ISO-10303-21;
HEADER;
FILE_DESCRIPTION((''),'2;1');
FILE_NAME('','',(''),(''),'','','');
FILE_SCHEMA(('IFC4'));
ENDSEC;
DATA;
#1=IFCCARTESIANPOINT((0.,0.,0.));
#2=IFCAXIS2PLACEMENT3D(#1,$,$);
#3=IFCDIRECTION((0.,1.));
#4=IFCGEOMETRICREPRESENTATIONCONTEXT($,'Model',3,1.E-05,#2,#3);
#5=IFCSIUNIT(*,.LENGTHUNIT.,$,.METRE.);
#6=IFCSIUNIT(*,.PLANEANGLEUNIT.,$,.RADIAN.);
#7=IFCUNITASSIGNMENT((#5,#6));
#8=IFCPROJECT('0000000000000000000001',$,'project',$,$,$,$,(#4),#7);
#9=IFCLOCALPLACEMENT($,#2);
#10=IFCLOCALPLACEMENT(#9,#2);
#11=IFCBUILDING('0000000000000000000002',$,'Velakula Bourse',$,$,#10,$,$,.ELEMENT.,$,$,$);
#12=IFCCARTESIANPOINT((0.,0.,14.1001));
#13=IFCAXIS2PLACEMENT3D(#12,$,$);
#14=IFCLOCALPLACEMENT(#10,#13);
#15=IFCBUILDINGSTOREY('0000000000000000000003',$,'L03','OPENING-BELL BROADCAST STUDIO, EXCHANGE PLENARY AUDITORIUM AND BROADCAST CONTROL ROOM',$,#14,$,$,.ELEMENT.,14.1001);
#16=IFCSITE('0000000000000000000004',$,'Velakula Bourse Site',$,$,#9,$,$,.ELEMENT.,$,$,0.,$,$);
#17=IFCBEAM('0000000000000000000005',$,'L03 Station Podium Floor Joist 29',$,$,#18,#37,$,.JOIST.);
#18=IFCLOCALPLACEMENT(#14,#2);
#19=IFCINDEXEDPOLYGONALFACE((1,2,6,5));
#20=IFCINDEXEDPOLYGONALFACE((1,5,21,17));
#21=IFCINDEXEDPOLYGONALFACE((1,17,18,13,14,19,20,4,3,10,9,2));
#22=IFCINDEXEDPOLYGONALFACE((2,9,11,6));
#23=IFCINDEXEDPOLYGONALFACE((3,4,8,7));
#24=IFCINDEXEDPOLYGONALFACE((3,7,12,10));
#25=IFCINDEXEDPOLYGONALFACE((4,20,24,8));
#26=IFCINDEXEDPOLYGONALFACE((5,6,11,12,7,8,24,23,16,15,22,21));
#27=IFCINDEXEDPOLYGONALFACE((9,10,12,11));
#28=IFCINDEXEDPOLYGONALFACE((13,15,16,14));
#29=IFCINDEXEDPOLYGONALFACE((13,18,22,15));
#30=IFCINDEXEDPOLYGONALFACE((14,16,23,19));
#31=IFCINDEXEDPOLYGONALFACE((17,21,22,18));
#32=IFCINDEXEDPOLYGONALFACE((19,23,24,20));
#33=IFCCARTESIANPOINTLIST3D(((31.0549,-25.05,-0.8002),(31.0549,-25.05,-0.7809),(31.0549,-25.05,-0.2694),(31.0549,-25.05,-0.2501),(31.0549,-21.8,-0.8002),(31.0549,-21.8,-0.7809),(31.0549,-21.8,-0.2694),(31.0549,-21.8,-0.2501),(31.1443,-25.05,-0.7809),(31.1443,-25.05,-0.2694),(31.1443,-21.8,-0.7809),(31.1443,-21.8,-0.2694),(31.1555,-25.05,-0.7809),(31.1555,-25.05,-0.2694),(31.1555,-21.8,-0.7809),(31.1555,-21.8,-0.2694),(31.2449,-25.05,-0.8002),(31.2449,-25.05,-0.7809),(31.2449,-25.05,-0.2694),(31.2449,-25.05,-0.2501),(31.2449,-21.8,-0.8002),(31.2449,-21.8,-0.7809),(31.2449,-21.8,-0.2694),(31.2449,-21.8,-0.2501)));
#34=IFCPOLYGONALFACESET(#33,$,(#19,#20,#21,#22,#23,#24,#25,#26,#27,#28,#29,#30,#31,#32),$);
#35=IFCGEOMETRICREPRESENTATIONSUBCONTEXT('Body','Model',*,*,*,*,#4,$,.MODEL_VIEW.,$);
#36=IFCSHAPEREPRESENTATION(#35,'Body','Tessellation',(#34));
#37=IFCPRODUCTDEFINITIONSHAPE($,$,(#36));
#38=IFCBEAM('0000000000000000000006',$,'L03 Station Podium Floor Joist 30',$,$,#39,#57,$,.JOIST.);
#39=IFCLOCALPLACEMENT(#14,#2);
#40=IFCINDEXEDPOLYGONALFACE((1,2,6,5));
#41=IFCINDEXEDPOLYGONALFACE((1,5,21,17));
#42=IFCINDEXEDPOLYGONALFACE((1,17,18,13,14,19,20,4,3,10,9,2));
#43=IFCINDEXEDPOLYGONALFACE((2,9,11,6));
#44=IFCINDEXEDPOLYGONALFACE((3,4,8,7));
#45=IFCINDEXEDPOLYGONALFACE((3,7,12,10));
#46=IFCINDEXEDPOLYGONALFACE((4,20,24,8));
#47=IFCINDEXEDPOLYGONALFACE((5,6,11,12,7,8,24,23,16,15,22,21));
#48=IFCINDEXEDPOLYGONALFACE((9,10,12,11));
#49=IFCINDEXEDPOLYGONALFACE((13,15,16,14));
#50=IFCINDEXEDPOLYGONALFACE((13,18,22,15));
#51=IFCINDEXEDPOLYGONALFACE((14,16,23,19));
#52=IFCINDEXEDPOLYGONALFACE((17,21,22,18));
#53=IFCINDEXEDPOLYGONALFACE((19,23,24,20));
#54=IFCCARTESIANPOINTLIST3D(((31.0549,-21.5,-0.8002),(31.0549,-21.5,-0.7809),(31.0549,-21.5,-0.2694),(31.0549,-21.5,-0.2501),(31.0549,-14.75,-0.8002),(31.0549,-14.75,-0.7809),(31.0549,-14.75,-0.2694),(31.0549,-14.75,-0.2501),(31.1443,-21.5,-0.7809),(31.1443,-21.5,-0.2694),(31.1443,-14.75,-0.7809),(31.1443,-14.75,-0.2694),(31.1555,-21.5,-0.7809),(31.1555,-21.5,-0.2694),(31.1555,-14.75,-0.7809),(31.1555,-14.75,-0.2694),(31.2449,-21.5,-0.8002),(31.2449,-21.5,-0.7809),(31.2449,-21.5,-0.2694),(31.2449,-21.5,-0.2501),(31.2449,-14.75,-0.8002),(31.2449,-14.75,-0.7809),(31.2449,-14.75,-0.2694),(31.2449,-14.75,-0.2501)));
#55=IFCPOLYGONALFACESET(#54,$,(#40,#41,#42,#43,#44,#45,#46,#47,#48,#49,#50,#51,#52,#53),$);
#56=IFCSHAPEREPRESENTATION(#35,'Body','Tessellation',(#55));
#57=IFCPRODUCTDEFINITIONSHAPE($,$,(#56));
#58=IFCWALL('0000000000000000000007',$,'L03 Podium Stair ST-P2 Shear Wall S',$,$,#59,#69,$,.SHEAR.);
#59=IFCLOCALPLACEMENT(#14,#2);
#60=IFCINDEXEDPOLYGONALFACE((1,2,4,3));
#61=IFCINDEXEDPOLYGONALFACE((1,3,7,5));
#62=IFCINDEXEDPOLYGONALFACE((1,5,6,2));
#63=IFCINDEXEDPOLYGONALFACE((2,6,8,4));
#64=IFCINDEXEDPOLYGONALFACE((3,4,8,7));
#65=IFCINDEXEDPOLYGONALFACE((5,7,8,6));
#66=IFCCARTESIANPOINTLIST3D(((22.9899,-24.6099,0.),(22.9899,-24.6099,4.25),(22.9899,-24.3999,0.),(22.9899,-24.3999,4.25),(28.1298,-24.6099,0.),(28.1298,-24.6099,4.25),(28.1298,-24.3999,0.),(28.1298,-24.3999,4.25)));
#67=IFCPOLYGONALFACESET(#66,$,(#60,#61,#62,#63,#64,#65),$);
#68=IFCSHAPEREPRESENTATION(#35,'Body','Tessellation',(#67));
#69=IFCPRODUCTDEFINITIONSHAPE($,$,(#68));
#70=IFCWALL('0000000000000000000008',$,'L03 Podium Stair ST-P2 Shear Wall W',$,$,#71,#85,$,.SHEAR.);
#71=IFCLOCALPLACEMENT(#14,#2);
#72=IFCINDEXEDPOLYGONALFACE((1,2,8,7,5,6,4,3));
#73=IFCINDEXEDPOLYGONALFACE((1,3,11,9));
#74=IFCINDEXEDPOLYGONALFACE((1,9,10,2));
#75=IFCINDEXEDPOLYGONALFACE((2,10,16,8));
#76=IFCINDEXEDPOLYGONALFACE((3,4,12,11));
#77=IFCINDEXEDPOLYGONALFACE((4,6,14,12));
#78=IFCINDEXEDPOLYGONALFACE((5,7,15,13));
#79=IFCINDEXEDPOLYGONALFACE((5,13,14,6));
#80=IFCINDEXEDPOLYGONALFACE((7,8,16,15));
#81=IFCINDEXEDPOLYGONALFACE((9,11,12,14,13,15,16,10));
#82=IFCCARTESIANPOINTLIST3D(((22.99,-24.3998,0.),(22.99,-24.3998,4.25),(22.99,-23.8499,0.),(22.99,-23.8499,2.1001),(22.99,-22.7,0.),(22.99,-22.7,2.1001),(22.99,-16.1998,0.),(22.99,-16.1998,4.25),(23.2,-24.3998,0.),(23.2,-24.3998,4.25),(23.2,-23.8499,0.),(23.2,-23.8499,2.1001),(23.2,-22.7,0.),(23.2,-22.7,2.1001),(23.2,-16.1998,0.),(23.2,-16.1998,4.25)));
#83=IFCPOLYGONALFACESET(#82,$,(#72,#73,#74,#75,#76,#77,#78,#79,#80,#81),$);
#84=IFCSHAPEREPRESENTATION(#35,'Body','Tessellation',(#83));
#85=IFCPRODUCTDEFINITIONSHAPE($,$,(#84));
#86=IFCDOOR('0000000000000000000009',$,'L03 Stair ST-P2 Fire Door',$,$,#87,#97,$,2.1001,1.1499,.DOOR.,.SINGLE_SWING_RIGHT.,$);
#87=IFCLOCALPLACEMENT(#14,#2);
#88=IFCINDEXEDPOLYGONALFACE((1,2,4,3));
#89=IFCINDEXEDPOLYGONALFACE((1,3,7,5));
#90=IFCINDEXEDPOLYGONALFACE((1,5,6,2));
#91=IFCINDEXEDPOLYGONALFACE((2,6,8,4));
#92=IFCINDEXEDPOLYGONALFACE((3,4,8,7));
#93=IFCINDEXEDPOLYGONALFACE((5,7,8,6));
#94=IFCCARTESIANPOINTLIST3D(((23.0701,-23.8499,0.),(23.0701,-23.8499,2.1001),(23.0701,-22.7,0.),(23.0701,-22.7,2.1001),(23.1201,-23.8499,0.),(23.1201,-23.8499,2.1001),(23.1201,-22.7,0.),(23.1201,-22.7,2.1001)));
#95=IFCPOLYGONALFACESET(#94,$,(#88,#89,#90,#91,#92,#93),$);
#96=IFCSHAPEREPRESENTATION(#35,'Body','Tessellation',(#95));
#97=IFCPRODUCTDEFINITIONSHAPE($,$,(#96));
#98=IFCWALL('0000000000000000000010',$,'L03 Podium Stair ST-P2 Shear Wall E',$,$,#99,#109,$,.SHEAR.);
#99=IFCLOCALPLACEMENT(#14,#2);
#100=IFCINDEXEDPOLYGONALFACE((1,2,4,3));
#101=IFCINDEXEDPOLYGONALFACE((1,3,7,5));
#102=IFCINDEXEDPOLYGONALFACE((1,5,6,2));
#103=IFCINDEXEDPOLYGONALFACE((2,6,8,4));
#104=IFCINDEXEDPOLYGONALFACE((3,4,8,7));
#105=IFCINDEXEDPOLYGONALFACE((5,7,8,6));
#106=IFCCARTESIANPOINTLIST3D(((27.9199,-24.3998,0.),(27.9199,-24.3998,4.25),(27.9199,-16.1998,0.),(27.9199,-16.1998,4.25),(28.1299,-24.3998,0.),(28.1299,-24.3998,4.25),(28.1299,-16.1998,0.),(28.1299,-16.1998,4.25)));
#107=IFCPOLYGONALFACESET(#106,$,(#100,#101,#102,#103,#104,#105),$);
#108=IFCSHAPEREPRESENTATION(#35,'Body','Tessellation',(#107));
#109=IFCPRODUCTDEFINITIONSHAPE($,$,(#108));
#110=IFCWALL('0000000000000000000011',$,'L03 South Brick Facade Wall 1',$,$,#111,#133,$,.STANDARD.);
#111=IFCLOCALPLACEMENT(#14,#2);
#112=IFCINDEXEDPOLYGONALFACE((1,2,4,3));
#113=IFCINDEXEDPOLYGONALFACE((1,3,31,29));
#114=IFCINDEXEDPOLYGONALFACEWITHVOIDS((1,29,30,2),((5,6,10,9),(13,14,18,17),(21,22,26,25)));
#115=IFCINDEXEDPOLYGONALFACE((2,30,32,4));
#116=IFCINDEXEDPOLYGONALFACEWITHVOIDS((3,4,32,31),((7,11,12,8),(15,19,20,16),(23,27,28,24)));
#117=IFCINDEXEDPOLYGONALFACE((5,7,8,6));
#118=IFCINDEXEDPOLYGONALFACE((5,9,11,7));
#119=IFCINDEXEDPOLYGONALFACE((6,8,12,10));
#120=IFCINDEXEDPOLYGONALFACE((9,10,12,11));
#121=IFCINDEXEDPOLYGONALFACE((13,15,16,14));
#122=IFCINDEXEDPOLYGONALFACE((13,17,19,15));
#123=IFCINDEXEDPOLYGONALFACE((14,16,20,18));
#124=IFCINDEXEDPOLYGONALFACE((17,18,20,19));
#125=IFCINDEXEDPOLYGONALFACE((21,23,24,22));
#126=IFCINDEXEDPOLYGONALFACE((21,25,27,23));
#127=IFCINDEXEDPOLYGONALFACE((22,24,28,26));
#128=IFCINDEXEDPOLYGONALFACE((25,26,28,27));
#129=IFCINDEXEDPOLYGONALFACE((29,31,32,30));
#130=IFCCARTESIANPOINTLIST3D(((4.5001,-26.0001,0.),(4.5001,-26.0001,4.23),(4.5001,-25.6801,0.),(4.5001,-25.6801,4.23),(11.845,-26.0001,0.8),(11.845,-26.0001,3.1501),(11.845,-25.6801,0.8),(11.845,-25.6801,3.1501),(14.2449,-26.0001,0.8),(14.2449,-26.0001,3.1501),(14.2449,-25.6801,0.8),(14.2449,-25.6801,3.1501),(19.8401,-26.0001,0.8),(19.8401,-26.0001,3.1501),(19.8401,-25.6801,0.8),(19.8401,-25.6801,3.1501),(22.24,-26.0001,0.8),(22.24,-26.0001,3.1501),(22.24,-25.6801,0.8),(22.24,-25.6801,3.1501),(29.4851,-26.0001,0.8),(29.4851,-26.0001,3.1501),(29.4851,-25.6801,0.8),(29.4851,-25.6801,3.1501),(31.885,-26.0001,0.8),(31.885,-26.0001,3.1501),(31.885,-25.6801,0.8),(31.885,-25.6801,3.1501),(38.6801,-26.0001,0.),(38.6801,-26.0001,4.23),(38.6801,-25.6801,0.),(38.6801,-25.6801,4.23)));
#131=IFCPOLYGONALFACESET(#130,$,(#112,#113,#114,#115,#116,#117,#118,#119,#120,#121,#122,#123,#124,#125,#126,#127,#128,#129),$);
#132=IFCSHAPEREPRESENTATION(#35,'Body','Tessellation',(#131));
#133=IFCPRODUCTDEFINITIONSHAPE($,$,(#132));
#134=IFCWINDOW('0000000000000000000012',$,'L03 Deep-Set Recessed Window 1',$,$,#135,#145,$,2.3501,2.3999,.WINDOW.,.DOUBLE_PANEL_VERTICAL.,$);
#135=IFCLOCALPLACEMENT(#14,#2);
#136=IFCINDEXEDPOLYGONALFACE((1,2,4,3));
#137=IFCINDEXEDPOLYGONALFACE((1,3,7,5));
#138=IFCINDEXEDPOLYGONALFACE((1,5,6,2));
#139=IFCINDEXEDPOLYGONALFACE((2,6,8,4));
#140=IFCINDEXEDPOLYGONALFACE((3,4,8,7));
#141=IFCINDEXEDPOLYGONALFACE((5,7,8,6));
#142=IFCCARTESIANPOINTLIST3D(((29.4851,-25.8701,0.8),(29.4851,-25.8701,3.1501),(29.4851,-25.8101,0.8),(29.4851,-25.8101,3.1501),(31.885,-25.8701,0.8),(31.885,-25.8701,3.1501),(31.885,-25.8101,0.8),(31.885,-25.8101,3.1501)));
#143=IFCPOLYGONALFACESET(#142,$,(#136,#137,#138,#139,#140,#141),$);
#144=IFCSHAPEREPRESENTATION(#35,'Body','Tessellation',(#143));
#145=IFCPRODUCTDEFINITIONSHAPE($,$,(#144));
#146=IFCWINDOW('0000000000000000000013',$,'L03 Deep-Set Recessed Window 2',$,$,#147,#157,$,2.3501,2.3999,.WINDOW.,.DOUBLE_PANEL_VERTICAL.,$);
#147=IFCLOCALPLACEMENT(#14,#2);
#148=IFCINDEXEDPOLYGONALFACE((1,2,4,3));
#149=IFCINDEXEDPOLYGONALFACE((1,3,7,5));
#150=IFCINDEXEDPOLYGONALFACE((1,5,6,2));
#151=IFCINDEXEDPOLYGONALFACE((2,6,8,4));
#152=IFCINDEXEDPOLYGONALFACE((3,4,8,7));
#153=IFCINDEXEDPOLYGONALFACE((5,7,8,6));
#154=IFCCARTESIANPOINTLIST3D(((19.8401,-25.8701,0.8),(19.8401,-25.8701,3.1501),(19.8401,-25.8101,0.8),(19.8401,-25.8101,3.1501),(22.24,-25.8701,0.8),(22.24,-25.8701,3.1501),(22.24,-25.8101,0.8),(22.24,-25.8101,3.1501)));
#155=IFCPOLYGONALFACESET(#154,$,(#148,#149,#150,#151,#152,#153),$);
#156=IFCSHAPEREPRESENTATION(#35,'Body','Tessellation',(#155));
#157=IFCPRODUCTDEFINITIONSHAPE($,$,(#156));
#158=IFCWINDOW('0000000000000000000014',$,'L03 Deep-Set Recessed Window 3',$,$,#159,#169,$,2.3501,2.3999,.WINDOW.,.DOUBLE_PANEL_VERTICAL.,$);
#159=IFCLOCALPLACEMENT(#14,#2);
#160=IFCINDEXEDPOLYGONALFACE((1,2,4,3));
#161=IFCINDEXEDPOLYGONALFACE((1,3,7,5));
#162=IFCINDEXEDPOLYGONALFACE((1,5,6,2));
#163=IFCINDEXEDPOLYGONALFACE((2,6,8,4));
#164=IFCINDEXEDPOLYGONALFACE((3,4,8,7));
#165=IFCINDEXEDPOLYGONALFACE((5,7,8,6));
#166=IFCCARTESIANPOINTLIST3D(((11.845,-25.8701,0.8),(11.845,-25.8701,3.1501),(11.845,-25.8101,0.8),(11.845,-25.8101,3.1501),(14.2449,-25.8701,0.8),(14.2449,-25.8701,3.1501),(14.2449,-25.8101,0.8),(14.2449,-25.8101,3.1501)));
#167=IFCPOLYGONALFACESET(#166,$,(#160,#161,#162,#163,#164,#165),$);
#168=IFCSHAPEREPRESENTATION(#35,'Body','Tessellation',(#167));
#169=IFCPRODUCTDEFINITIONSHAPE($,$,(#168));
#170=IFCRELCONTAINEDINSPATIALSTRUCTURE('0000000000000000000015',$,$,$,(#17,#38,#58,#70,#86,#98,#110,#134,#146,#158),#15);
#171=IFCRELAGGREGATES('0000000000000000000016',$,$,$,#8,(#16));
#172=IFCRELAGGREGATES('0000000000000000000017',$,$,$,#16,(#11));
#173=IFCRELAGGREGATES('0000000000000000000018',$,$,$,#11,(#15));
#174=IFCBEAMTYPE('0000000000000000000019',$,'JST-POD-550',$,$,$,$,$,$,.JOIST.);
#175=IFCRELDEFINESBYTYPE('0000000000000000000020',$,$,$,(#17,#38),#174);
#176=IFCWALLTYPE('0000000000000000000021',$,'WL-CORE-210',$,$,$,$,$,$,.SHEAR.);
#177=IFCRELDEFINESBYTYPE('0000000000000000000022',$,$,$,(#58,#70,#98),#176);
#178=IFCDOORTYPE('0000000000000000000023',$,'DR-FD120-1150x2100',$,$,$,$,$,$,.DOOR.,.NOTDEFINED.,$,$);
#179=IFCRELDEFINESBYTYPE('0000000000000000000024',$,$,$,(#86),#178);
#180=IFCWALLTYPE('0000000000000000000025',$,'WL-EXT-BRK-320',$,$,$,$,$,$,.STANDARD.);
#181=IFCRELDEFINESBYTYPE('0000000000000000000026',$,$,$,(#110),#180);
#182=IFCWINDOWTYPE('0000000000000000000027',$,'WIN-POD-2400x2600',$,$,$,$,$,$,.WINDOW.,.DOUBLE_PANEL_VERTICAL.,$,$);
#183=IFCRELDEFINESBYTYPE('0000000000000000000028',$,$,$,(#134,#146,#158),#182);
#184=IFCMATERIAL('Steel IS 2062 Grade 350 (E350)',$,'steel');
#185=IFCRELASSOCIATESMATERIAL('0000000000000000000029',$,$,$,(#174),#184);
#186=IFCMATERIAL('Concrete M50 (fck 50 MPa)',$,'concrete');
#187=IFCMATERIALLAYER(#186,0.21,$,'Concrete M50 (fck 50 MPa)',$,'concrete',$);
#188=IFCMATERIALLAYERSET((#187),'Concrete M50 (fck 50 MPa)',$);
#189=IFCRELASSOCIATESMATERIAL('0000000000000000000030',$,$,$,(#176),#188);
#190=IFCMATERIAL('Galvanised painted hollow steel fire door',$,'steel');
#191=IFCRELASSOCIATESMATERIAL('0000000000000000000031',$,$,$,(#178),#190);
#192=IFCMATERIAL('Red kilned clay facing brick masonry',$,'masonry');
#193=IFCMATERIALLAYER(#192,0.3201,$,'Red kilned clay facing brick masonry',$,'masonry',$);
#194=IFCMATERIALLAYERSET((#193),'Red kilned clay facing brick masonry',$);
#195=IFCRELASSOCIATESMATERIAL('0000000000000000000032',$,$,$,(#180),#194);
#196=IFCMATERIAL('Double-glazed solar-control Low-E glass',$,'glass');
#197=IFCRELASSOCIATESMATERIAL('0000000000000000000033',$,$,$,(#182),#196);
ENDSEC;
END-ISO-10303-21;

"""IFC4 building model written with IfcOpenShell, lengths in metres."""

from ifc_helpers import new_model, si_unit, direction, frame, frame_2d, origin, origin_2d, place, context, subcontext, project, spatial, rectangle, i_section, extrude, material, layer, layer_set, material_profile, profile_set, type_object, element, fill, save


model = new_model("IFC4")

# Units and contexts
model_context = context("Model", 3, precision=1e-05, world=origin(), true_north=direction((0.0, 1.0)))
body_context = subcontext(model_context, "Body", "Model", "MODEL_VIEW")
ifc_project = project(units=[si_unit("LENGTHUNIT", "METRE"), si_unit("PLANEANGLEUNIT", "RADIAN")], contexts=[model_context])

# Site, building, storey
site_placement = place(None, origin())
site = spatial("IfcSite", under=ifc_project, at=site_placement, Name="Velakula Bourse Site", CompositionType="ELEMENT", RefElevation=0.0)
building_placement = place(site_placement, origin())
building = spatial("IfcBuilding", under=site, at=building_placement, Name="Velakula Bourse", CompositionType="ELEMENT")
storey_placement = place(building_placement, frame((0.0, 0.0, 14.1001)))
storey = spatial("IfcBuildingStorey", under=building, at=storey_placement, Name="L03", Description="OPENING-BELL BROADCAST STUDIO, EXCHANGE PLENARY AUDITORIUM AND BROADCAST CONTROL ROOM", CompositionType="ELEMENT", Elevation=14.1001)

# Beams
ifc_material_1 = material(Name="Steel IS 2062 Grade 350 (E350)", Category="steel")
ifc_material_profile_1 = material_profile(ifc_material_1, i_section(OverallWidth=0.1899, OverallDepth=0.55, WebThickness=0.0112, FlangeThickness=0.0193, at=origin_2d()), Name="Steel IS 2062 Grade 350 (E350)")
ifc_profile_set_1 = profile_set([ifc_material_profile_1], Name="Steel IS 2062 Grade 350 (E350)")
beam_type_1 = type_object("IfcBeamType", Name="JST-POD-550", PredefinedType="JOIST", material=ifc_profile_set_1)
beam_1_placement = place(storey_placement, frame((31.1499, -25.05, -0.5251), z_axis=(0.0, 1.0, 0.0), x_axis=(-1.0, 0.0, 0.0)))
element("IfcBeam", 1, at=beam_1_placement, inside=storey, type_object=beam_type_1, Name="L03 Station Podium Floor Joist 29", PredefinedType="JOIST", context=body_context, shape_type="SweptSolid", body=[
    extrude(i_section(OverallWidth=0.1899, OverallDepth=0.55, WebThickness=0.0112, FlangeThickness=0.0193, at=origin_2d()), origin(), (0.0, 0.0, 1.0), 3.25),
])
beam_2_placement = place(storey_placement, frame((31.1499, -21.5, -0.5251), z_axis=(0.0, 1.0, 0.0), x_axis=(-1.0, 0.0, 0.0)))
element("IfcBeam", 2, at=beam_2_placement, inside=storey, type_object=beam_type_1, Name="L03 Station Podium Floor Joist 30", PredefinedType="JOIST", context=body_context, shape_type="SweptSolid", body=[
    extrude(i_section(OverallWidth=0.1899, OverallDepth=0.55, WebThickness=0.0112, FlangeThickness=0.0193, at=origin_2d()), origin(), (0.0, 0.0, 1.0), 6.75),
])

# Wall
ifc_material_2 = material(Name="Concrete M50 (fck 50 MPa)", Category="concrete")
ifc_layer_1 = layer(ifc_material_2, 0.21, Name="Concrete M50 (fck 50 MPa)", Category="concrete")
ifc_layer_set_1 = layer_set([ifc_layer_1], Name="Concrete M50 (fck 50 MPa)")
wall_type_1 = type_object("IfcWallType", Name="WL-CORE-210", PredefinedType="SHEAR", material=ifc_layer_set_1)
wall_1_placement = place(storey_placement, frame((22.99, -24.5049, 0.0), z_axis=(0.0, 0.0, 1.0), x_axis=(1.0, 0.0, 0.0)))
element("IfcWall", 3, at=wall_1_placement, inside=storey, type_object=wall_type_1, Name="L03 Podium Stair ST-P2 Shear Wall S", PredefinedType="SHEAR", context=body_context, shape_type="SweptSolid", body=[
    extrude(rectangle(XDim=5.1399, YDim=0.21, at=frame_2d((2.5698, 0.0))), origin(), (0.0, 0.0, 1.0), 4.25),
])

# Wall, opening, door
wall_2_placement = place(storey_placement, frame((23.095, -24.3999, 0.0), z_axis=(0.0, 0.0, 1.0), x_axis=(0.0, 1.0, 0.0)))
wall_2 = element("IfcWall", 4, at=wall_2_placement, inside=storey, type_object=wall_type_1, Name="L03 Podium Stair ST-P2 Shear Wall W", PredefinedType="SHEAR", context=body_context, shape_type="SweptSolid", body=[
    extrude(rectangle(XDim=8.2, YDim=0.21, at=frame_2d((4.1001, 0.0))), origin(), (0.0, 0.0, 1.0), 4.25),
])
opening_1_placement = place(wall_2_placement, frame((0.55, 0.0, 0.0)))
opening_1 = element("IfcOpeningElement", 5, at=opening_1_placement, cuts=wall_2, PredefinedType="OPENING", context=body_context, shape_type="SweptSolid", body=[
    extrude(rectangle(XDim=1.1499, YDim=2.1001, at=frame_2d((0.575, 1.05))), frame((0.0, 0.115, 0.0), z_axis=(0.0, -1.0, 0.0), x_axis=(1.0, 0.0, 0.0)), (0.0, 0.0, 1.0), 0.23),
])
ifc_material_3 = material(Name="Galvanised painted hollow steel fire door", Category="steel")
door_type = type_object("IfcDoorType", Name="DR-FD120-1150x2100", OperationType="NOTDEFINED", PredefinedType="DOOR", material=ifc_material_3)
door_placement = place(opening_1_placement, origin())
door = element("IfcDoor", 6, at=door_placement, inside=storey, type_object=door_type, Name="L03 Stair ST-P2 Fire Door", OperationType="SINGLE_SWING_RIGHT", OverallHeight=2.1001, OverallWidth=1.1499, PredefinedType="DOOR", context=body_context, shape_type="SweptSolid", body=[
    extrude(rectangle(XDim=1.1499, YDim=2.1001, at=frame_2d((0.575, 1.05))), frame((0.0, 0.0249, 0.0), z_axis=(0.0, -1.0, 0.0), x_axis=(1.0, 0.0, 0.0)), (0.0, 0.0, 1.0), 0.05),
])
fill(opening_1, door)

# Wall
wall_3_placement = place(storey_placement, frame((28.0249, -24.3999, 0.0), z_axis=(0.0, 0.0, 1.0), x_axis=(0.0, 1.0, 0.0)))
element("IfcWall", 7, at=wall_3_placement, inside=storey, type_object=wall_type_1, Name="L03 Podium Stair ST-P2 Shear Wall E", PredefinedType="SHEAR", context=body_context, shape_type="SweptSolid", body=[
    extrude(rectangle(XDim=8.2, YDim=0.21, at=frame_2d((4.1001, 0.0))), origin(), (0.0, 0.0, 1.0), 4.25),
])

# Wall, openings, windows
ifc_material_4 = material(Name="Red kilned clay facing brick masonry", Category="masonry")
ifc_layer_2 = layer(ifc_material_4, 0.3201, Name="Red kilned clay facing brick masonry", Category="masonry")
ifc_layer_set_2 = layer_set([ifc_layer_2], Name="Red kilned clay facing brick masonry")
wall_type_2 = type_object("IfcWallType", Name="WL-EXT-BRK-320", PredefinedType="STANDARD", material=ifc_layer_set_2)
wall_4_placement = place(storey_placement, frame((38.6799, -25.8401, 0.0), z_axis=(0.0, 0.0, 1.0), x_axis=(-1.0, 0.0, 0.0)))
wall_4 = element("IfcWall", 8, at=wall_4_placement, inside=storey, type_object=wall_type_2, Name="L03 South Brick Facade Wall 1", PredefinedType="STANDARD", context=body_context, shape_type="SweptSolid", body=[
    extrude(rectangle(XDim=34.1799, YDim=0.3201, at=frame_2d((17.0898, 0.0))), origin(), (0.0, 0.0, 1.0), 4.23),
])
opening_2_placement = place(wall_4_placement, frame((6.7949, 0.0, 0.8)))
opening_2 = element("IfcOpeningElement", 9, at=opening_2_placement, cuts=wall_4, PredefinedType="OPENING", context=body_context, shape_type="SweptSolid", body=[
    extrude(rectangle(XDim=2.3999, YDim=2.3501, at=frame_2d((1.2, 1.175))), frame((0.0, 0.1699, 0.0), z_axis=(0.0, -1.0, 0.0), x_axis=(1.0, 0.0, 0.0)), (0.0, 0.0, 1.0), 0.3401),
])
opening_3_placement = place(wall_4_placement, frame((16.4399, 0.0, 0.8)))
opening_3 = element("IfcOpeningElement", 10, at=opening_3_placement, cuts=wall_4, PredefinedType="OPENING", context=body_context, shape_type="SweptSolid", body=[
    extrude(rectangle(XDim=2.3999, YDim=2.3501, at=frame_2d((1.2, 1.175))), frame((0.0, 0.1699, 0.0), z_axis=(0.0, -1.0, 0.0), x_axis=(1.0, 0.0, 0.0)), (0.0, 0.0, 1.0), 0.3401),
])
opening_4_placement = place(wall_4_placement, frame((24.4351, 0.0, 0.8)))
opening_4 = element("IfcOpeningElement", 11, at=opening_4_placement, cuts=wall_4, PredefinedType="OPENING", context=body_context, shape_type="SweptSolid", body=[
    extrude(rectangle(XDim=2.3999, YDim=2.3501, at=frame_2d((1.2, 1.175))), frame((0.0, 0.1699, 0.0), z_axis=(0.0, -1.0, 0.0), x_axis=(1.0, 0.0, 0.0)), (0.0, 0.0, 1.0), 0.3401),
])
ifc_material_5 = material(Name="Double-glazed solar-control Low-E glass", Category="glass")
window_type = type_object("IfcWindowType", Name="WIN-POD-2400x2600", PartitioningType="DOUBLE_PANEL_VERTICAL", PredefinedType="WINDOW", material=ifc_material_5)
window_1_placement = place(opening_2_placement, origin())
window_1 = element("IfcWindow", 12, at=window_1_placement, inside=storey, type_object=window_type, Name="L03 Deep-Set Recessed Window 1", OverallHeight=2.3501, OverallWidth=2.3999, PartitioningType="DOUBLE_PANEL_VERTICAL", PredefinedType="WINDOW", context=body_context, shape_type="SweptSolid", body=[
    extrude(rectangle(XDim=2.3999, YDim=2.3501, at=frame_2d((1.2, 1.175))), frame((0.0, 0.03, 0.0), z_axis=(0.0, -1.0, 0.0), x_axis=(1.0, 0.0, 0.0)), (0.0, 0.0, 1.0), 0.0601),
])
fill(opening_2, window_1)
window_2_placement = place(opening_3_placement, origin())
window_2 = element("IfcWindow", 13, at=window_2_placement, inside=storey, type_object=window_type, Name="L03 Deep-Set Recessed Window 2", OverallHeight=2.3501, OverallWidth=2.3999, PartitioningType="DOUBLE_PANEL_VERTICAL", PredefinedType="WINDOW", context=body_context, shape_type="SweptSolid", body=[
    extrude(rectangle(XDim=2.3999, YDim=2.3501, at=frame_2d((1.2, 1.175))), frame((0.0, 0.03, 0.0), z_axis=(0.0, -1.0, 0.0), x_axis=(1.0, 0.0, 0.0)), (0.0, 0.0, 1.0), 0.0601),
])
fill(opening_3, window_2)
window_3_placement = place(opening_4_placement, origin())
window_3 = element("IfcWindow", 14, at=window_3_placement, inside=storey, type_object=window_type, Name="L03 Deep-Set Recessed Window 3", OverallHeight=2.3501, OverallWidth=2.3999, PartitioningType="DOUBLE_PANEL_VERTICAL", PredefinedType="WINDOW", context=body_context, shape_type="SweptSolid", body=[
    extrude(rectangle(XDim=2.3999, YDim=2.3501, at=frame_2d((1.2, 1.175))), frame((0.0, 0.03, 0.0), z_axis=(0.0, -1.0, 0.0), x_axis=(1.0, 0.0, 0.0)), (0.0, 0.0, 1.0), 0.0601),
])
fill(opening_4, window_3)

save(model, "model.ifc")
